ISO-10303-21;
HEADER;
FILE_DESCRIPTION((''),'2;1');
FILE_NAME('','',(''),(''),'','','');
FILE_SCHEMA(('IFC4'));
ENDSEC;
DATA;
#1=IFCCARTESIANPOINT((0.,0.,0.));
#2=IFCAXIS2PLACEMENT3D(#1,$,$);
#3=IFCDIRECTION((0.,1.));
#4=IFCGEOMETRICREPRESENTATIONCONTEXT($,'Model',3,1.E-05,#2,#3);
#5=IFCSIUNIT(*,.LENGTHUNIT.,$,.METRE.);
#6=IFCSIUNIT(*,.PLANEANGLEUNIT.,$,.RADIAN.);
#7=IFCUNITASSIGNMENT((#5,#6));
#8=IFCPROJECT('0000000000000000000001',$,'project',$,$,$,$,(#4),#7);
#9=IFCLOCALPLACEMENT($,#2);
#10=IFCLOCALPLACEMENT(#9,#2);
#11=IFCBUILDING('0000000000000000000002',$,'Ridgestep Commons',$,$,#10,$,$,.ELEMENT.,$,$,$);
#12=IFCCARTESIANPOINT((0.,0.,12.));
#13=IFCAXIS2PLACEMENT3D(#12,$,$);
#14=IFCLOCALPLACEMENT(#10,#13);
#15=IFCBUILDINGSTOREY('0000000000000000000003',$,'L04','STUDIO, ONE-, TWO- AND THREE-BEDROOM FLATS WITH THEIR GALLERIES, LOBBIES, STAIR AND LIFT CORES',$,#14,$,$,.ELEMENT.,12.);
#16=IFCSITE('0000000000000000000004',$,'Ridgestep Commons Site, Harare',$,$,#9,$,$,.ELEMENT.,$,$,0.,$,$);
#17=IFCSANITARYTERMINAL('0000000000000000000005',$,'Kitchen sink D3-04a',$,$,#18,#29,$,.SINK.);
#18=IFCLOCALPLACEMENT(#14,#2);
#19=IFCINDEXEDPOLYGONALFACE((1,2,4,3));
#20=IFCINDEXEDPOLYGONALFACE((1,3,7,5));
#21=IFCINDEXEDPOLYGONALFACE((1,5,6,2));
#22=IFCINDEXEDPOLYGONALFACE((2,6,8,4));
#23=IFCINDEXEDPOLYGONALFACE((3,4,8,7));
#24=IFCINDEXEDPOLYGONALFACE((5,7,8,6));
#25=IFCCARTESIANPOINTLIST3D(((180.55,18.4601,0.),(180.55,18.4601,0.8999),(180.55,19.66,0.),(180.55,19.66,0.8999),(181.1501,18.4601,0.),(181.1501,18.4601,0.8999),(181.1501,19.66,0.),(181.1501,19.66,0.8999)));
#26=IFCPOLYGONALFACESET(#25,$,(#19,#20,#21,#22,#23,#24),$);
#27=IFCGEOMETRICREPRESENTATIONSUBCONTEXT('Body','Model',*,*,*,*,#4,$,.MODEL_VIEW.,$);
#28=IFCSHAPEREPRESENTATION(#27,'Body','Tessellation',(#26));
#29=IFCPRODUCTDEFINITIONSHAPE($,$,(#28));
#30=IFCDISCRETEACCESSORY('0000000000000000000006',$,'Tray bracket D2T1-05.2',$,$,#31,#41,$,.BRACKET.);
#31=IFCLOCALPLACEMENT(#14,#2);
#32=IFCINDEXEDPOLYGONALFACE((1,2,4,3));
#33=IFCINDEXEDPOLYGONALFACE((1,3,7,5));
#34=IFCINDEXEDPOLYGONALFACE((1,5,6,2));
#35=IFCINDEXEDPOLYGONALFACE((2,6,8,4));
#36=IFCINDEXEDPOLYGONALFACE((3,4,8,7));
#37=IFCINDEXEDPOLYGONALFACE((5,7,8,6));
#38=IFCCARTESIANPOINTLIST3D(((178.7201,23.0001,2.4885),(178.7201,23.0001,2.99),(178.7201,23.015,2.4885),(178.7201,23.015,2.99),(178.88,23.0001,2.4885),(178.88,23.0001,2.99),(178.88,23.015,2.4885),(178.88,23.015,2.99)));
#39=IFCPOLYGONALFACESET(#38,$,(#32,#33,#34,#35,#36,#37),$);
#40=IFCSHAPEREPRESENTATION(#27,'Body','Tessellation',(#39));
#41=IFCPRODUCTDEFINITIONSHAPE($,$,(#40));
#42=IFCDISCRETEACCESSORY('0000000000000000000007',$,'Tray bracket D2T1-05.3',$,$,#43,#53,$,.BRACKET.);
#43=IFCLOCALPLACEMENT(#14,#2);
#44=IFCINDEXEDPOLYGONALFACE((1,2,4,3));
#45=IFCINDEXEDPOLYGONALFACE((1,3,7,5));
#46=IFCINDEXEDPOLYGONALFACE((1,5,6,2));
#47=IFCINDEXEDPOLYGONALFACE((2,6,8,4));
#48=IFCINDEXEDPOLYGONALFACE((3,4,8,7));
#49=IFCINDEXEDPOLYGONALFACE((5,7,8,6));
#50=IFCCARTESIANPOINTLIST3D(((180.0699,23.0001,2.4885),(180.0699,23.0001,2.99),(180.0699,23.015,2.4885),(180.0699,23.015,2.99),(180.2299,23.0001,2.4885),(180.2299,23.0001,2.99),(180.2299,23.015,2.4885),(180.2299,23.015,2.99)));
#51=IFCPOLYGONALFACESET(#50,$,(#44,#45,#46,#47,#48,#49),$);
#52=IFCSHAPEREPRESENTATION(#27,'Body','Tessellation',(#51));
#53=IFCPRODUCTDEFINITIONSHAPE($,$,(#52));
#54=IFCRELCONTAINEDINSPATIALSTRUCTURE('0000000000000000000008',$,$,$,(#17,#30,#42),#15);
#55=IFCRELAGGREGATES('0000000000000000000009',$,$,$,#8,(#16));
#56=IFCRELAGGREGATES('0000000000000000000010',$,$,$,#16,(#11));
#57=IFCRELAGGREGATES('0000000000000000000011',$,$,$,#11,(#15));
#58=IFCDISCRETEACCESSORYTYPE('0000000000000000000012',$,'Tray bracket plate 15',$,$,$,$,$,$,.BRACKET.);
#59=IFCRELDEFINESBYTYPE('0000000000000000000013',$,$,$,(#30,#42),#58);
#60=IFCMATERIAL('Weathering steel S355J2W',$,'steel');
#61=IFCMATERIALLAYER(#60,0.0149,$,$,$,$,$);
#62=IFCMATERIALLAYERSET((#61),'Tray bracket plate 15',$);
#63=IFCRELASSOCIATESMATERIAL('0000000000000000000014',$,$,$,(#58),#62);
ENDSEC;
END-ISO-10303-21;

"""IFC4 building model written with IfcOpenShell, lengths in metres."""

from ifc_helpers import new_model, si_unit, direction, frame, origin, origin_2d, place, context, subcontext, project, spatial, rectangle, extrude, material, layer, layer_set, type_object, element, save


model = new_model("IFC4")

# Units and contexts
model_context = context("Model", 3, precision=1e-05, world=origin(), true_north=direction((0.0, 1.0)))
body_context = subcontext(model_context, "Body", "Model", "MODEL_VIEW")
ifc_project = project(units=[si_unit("LENGTHUNIT", "METRE"), si_unit("PLANEANGLEUNIT", "RADIAN")], contexts=[model_context])

# Site, building, storey
site_placement = place(None, origin())
site = spatial("IfcSite", under=ifc_project, at=site_placement, Name="Ridgestep Commons Site, Harare", CompositionType="ELEMENT", RefElevation=0.0)
building_placement = place(site_placement, origin())
building = spatial("IfcBuilding", under=site, at=building_placement, Name="Ridgestep Commons", CompositionType="ELEMENT")
storey_placement = place(building_placement, frame((0.0, 0.0, 12.0)))
storey = spatial("IfcBuildingStorey", under=building, at=storey_placement, Name="L04", Description="STUDIO, ONE-, TWO- AND THREE-BEDROOM FLATS WITH THEIR GALLERIES, LOBBIES, STAIR AND LIFT CORES", CompositionType="ELEMENT", Elevation=12.0)

# Sanitary terminal
sanitary_terminal_1_placement = place(storey_placement, frame((180.8501, 19.0601, 0.0), z_axis=(0.0, 0.0, 1.0), x_axis=(1.0, 0.0, 0.0)))
element("IfcSanitaryTerminal", 1, at=sanitary_terminal_1_placement, inside=storey, Name="Kitchen sink D3-04a", PredefinedType="SINK", context=body_context, shape_type="SweptSolid", body=[
    extrude(rectangle(XDim=0.6001, YDim=1.2, at=origin_2d()), origin(), (0.0, 0.0, 1.0), 0.8999),
])

# Discrete accessories
ifc_material_1 = material(Name="Weathering steel S355J2W", Category="steel")
ifc_layer_1 = layer(ifc_material_1, 0.0149)
ifc_layer_set_1 = layer_set([ifc_layer_1], Name="Tray bracket plate 15")
discrete_accessory_type = type_object("IfcDiscreteAccessoryType", Name="Tray bracket plate 15", PredefinedType="BRACKET", material=ifc_layer_set_1)
for number, where, z_axis, x_axis, name in (
    (2, (178.8, 23.0076, 2.4885), (0.0, 0.0, 1.0), (1.0, 0.0, 0.0), "Tray bracket D2T1-05.2"),
    (3, (180.1499, 23.0076, 2.4885), (0.0, 0.0, 1.0), (1.0, 0.0, 0.0), "Tray bracket D2T1-05.3"),
):
    element("IfcDiscreteAccessory", number, at=place(storey_placement, frame(where, z_axis=z_axis, x_axis=x_axis)), inside=storey, type_object=discrete_accessory_type, Name=name, PredefinedType="BRACKET", context=body_context, shape_type="SweptSolid", body=[
        extrude(rectangle(XDim=0.1599, YDim=0.0149, at=origin_2d()), origin(), (0.0, 0.0, 1.0), 0.5015),
    ])

save(model, "model.ifc")
